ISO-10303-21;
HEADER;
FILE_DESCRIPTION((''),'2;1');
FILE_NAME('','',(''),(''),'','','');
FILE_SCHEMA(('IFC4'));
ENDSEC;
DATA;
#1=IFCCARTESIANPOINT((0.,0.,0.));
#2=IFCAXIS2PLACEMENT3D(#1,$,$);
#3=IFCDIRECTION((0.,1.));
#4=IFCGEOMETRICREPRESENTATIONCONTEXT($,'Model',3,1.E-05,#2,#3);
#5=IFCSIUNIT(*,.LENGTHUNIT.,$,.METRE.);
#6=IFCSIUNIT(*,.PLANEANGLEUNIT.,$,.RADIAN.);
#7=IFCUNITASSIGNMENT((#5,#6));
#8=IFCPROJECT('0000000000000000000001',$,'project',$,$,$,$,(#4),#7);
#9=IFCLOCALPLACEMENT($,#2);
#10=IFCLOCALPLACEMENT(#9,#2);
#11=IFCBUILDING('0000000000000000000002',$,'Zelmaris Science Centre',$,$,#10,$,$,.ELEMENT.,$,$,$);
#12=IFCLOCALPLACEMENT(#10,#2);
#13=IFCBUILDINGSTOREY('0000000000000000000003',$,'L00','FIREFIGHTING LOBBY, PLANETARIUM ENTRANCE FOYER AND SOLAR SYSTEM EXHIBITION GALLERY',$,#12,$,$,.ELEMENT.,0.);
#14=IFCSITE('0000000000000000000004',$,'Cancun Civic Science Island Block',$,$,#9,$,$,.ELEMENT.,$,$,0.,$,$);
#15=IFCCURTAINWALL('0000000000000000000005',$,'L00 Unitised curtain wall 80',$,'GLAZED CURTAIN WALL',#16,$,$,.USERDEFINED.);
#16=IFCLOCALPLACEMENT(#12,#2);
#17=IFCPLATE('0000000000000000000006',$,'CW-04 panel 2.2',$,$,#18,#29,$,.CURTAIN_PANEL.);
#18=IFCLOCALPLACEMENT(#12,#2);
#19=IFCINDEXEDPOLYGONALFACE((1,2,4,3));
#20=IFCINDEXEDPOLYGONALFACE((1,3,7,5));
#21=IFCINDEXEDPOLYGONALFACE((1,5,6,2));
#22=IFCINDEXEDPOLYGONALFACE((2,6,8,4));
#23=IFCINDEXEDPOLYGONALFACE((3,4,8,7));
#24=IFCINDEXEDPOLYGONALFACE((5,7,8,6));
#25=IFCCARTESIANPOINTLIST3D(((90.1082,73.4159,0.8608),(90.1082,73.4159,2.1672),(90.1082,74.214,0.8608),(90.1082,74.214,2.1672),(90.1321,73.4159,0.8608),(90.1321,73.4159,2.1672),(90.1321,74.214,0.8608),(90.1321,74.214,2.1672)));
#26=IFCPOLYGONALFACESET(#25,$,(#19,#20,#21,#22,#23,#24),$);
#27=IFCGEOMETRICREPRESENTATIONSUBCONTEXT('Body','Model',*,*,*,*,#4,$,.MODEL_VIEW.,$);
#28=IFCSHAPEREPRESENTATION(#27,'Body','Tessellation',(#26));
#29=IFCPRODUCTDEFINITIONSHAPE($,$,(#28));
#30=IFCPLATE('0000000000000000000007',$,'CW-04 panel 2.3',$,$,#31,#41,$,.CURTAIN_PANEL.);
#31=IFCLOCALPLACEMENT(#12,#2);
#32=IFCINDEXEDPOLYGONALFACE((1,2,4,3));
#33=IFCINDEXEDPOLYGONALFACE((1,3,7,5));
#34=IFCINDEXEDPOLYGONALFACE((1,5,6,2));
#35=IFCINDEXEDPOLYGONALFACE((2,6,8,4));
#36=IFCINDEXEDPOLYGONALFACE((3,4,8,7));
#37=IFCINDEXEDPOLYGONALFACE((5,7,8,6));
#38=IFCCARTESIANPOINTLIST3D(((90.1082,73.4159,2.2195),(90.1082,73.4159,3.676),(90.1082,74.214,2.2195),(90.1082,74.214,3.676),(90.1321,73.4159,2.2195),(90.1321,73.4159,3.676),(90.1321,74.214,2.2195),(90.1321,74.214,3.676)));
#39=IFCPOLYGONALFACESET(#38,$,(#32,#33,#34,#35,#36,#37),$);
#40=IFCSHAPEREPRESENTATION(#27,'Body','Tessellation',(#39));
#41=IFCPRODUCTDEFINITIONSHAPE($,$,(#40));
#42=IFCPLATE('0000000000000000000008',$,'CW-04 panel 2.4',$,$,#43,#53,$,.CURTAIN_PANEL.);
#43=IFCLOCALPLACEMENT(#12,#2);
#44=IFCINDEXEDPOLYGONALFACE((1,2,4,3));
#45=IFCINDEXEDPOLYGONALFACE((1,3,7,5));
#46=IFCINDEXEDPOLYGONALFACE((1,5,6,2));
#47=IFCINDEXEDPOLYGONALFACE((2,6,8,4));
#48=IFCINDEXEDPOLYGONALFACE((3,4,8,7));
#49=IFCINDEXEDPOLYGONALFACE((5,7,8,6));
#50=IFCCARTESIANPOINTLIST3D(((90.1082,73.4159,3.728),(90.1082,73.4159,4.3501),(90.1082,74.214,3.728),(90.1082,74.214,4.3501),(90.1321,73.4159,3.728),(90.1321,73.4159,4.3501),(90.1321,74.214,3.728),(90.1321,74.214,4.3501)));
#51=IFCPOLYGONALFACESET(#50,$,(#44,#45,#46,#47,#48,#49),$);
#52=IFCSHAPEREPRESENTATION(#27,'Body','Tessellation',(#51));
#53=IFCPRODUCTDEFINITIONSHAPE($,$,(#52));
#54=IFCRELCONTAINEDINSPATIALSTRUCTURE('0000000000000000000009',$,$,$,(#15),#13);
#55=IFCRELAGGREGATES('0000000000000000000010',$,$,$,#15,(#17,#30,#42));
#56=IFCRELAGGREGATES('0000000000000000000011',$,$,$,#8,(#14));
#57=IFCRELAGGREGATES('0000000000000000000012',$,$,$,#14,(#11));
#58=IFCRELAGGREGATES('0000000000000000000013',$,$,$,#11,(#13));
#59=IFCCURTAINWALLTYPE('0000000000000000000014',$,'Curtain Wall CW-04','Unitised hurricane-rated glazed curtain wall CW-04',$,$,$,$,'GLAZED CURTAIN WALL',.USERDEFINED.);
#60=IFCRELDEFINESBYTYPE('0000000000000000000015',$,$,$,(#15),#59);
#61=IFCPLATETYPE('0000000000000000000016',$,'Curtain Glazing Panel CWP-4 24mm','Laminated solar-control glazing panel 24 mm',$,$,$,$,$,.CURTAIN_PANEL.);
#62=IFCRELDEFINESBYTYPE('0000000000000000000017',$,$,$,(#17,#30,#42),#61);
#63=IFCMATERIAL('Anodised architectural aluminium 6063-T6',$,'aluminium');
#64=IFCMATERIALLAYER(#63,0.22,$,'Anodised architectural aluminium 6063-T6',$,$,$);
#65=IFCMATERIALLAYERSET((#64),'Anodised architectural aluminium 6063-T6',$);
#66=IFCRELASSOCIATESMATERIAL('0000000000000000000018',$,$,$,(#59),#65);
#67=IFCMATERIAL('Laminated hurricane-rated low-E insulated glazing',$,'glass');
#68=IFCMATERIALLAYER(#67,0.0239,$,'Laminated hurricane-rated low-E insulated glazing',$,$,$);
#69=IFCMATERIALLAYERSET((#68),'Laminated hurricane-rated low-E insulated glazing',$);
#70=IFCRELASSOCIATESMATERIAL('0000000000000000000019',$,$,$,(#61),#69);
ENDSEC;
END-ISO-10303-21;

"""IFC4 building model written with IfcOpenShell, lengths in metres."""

from ifc_helpers import new_model, si_unit, direction, frame, origin, origin_2d, place, context, subcontext, project, spatial, rectangle, extrude, material, layer, layer_set, type_object, element, aggregate, save


model = new_model("IFC4")

# Units and contexts
model_context = context("Model", 3, precision=1e-05, world=origin(), true_north=direction((0.0, 1.0)))
body_context = subcontext(model_context, "Body", "Model", "MODEL_VIEW")
ifc_project = project(units=[si_unit("LENGTHUNIT", "METRE"), si_unit("PLANEANGLEUNIT", "RADIAN")], contexts=[model_context])

# Site, building, storey
site_placement = place(None, origin())
site = spatial("IfcSite", under=ifc_project, at=site_placement, Name="Cancun Civic Science Island Block", CompositionType="ELEMENT", RefElevation=0.0)
building_placement = place(site_placement, origin())
building = spatial("IfcBuilding", under=site, at=building_placement, Name="Zelmaris Science Centre", CompositionType="ELEMENT")
storey_placement = place(building_placement, origin())
storey = spatial("IfcBuildingStorey", under=building, at=storey_placement, Name="L00", Description="FIREFIGHTING LOBBY, PLANETARIUM ENTRANCE FOYER AND SOLAR SYSTEM EXHIBITION GALLERY", CompositionType="ELEMENT", Elevation=0.0)

# Curtain wall
ifc_material_1 = material(Name="Anodised architectural aluminium 6063-T6", Category="aluminium")
ifc_layer_1 = layer(ifc_material_1, 0.22, Name="Anodised architectural aluminium 6063-T6")
ifc_layer_set_1 = layer_set([ifc_layer_1], Name="Anodised architectural aluminium 6063-T6")
curtain_wall_type_1 = type_object("IfcCurtainWallType", Name="Curtain Wall CW-04", Description="Unitised hurricane-rated glazed curtain wall CW-04", ElementType="GLAZED CURTAIN WALL", PredefinedType="USERDEFINED", material=ifc_layer_set_1)
curtain_wall_1_placement = place(storey_placement, origin())
curtain_wall_1 = element("IfcCurtainWall", 1, at=curtain_wall_1_placement, inside=storey, type_object=curtain_wall_type_1, Name="L00 Unitised curtain wall 80", ObjectType="GLAZED CURTAIN WALL", PredefinedType="USERDEFINED")

# Plates
ifc_material_2 = material(Name="Laminated hurricane-rated low-E insulated glazing", Category="glass")
ifc_layer_2 = layer(ifc_material_2, 0.0239, Name="Laminated hurricane-rated low-E insulated glazing")
ifc_layer_set_2 = layer_set([ifc_layer_2], Name="Laminated hurricane-rated low-E insulated glazing")
plate_type_1 = type_object("IfcPlateType", Name="Curtain Glazing Panel CWP-4 24mm", Description="Laminated solar-control glazing panel 24 mm", PredefinedType="CURTAIN_PANEL", material=ifc_layer_set_2)
plate_1_placement = place(storey_placement, frame((90.1201, 73.8149, 0.8608), z_axis=(0.0, 0.0, 1.0), x_axis=(0.0, 1.0, 0.0)))
plate_1 = element("IfcPlate", 2, at=plate_1_placement, type_object=plate_type_1, Name="CW-04 panel 2.2", PredefinedType="CURTAIN_PANEL", context=body_context, shape_type="SweptSolid", body=[
    extrude(rectangle(XDim=0.7981, YDim=0.0239, at=origin_2d()), origin(), (0.0, 0.0, 1.0), 1.3064),
])
plate_2_placement = place(storey_placement, frame((90.1201, 73.8149, 2.2195), z_axis=(0.0, 0.0, 1.0), x_axis=(0.0, 1.0, 0.0)))
plate_2 = element("IfcPlate", 3, at=plate_2_placement, type_object=plate_type_1, Name="CW-04 panel 2.3", PredefinedType="CURTAIN_PANEL", context=body_context, shape_type="SweptSolid", body=[
    extrude(rectangle(XDim=0.7981, YDim=0.0239, at=origin_2d()), origin(), (0.0, 0.0, 1.0), 1.4565),
])
plate_3_placement = place(storey_placement, frame((90.1201, 73.8149, 3.728), z_axis=(0.0, 0.0, 1.0), x_axis=(0.0, 1.0, 0.0)))
plate_3 = element("IfcPlate", 4, at=plate_3_placement, type_object=plate_type_1, Name="CW-04 panel 2.4", PredefinedType="CURTAIN_PANEL", context=body_context, shape_type="SweptSolid", body=[
    extrude(rectangle(XDim=0.7981, YDim=0.0239, at=origin_2d()), origin(), (0.0, 0.0, 1.0), 0.6221),
])
aggregate(curtain_wall_1, [plate_1, plate_2, plate_3])

save(model, "model.ifc")
